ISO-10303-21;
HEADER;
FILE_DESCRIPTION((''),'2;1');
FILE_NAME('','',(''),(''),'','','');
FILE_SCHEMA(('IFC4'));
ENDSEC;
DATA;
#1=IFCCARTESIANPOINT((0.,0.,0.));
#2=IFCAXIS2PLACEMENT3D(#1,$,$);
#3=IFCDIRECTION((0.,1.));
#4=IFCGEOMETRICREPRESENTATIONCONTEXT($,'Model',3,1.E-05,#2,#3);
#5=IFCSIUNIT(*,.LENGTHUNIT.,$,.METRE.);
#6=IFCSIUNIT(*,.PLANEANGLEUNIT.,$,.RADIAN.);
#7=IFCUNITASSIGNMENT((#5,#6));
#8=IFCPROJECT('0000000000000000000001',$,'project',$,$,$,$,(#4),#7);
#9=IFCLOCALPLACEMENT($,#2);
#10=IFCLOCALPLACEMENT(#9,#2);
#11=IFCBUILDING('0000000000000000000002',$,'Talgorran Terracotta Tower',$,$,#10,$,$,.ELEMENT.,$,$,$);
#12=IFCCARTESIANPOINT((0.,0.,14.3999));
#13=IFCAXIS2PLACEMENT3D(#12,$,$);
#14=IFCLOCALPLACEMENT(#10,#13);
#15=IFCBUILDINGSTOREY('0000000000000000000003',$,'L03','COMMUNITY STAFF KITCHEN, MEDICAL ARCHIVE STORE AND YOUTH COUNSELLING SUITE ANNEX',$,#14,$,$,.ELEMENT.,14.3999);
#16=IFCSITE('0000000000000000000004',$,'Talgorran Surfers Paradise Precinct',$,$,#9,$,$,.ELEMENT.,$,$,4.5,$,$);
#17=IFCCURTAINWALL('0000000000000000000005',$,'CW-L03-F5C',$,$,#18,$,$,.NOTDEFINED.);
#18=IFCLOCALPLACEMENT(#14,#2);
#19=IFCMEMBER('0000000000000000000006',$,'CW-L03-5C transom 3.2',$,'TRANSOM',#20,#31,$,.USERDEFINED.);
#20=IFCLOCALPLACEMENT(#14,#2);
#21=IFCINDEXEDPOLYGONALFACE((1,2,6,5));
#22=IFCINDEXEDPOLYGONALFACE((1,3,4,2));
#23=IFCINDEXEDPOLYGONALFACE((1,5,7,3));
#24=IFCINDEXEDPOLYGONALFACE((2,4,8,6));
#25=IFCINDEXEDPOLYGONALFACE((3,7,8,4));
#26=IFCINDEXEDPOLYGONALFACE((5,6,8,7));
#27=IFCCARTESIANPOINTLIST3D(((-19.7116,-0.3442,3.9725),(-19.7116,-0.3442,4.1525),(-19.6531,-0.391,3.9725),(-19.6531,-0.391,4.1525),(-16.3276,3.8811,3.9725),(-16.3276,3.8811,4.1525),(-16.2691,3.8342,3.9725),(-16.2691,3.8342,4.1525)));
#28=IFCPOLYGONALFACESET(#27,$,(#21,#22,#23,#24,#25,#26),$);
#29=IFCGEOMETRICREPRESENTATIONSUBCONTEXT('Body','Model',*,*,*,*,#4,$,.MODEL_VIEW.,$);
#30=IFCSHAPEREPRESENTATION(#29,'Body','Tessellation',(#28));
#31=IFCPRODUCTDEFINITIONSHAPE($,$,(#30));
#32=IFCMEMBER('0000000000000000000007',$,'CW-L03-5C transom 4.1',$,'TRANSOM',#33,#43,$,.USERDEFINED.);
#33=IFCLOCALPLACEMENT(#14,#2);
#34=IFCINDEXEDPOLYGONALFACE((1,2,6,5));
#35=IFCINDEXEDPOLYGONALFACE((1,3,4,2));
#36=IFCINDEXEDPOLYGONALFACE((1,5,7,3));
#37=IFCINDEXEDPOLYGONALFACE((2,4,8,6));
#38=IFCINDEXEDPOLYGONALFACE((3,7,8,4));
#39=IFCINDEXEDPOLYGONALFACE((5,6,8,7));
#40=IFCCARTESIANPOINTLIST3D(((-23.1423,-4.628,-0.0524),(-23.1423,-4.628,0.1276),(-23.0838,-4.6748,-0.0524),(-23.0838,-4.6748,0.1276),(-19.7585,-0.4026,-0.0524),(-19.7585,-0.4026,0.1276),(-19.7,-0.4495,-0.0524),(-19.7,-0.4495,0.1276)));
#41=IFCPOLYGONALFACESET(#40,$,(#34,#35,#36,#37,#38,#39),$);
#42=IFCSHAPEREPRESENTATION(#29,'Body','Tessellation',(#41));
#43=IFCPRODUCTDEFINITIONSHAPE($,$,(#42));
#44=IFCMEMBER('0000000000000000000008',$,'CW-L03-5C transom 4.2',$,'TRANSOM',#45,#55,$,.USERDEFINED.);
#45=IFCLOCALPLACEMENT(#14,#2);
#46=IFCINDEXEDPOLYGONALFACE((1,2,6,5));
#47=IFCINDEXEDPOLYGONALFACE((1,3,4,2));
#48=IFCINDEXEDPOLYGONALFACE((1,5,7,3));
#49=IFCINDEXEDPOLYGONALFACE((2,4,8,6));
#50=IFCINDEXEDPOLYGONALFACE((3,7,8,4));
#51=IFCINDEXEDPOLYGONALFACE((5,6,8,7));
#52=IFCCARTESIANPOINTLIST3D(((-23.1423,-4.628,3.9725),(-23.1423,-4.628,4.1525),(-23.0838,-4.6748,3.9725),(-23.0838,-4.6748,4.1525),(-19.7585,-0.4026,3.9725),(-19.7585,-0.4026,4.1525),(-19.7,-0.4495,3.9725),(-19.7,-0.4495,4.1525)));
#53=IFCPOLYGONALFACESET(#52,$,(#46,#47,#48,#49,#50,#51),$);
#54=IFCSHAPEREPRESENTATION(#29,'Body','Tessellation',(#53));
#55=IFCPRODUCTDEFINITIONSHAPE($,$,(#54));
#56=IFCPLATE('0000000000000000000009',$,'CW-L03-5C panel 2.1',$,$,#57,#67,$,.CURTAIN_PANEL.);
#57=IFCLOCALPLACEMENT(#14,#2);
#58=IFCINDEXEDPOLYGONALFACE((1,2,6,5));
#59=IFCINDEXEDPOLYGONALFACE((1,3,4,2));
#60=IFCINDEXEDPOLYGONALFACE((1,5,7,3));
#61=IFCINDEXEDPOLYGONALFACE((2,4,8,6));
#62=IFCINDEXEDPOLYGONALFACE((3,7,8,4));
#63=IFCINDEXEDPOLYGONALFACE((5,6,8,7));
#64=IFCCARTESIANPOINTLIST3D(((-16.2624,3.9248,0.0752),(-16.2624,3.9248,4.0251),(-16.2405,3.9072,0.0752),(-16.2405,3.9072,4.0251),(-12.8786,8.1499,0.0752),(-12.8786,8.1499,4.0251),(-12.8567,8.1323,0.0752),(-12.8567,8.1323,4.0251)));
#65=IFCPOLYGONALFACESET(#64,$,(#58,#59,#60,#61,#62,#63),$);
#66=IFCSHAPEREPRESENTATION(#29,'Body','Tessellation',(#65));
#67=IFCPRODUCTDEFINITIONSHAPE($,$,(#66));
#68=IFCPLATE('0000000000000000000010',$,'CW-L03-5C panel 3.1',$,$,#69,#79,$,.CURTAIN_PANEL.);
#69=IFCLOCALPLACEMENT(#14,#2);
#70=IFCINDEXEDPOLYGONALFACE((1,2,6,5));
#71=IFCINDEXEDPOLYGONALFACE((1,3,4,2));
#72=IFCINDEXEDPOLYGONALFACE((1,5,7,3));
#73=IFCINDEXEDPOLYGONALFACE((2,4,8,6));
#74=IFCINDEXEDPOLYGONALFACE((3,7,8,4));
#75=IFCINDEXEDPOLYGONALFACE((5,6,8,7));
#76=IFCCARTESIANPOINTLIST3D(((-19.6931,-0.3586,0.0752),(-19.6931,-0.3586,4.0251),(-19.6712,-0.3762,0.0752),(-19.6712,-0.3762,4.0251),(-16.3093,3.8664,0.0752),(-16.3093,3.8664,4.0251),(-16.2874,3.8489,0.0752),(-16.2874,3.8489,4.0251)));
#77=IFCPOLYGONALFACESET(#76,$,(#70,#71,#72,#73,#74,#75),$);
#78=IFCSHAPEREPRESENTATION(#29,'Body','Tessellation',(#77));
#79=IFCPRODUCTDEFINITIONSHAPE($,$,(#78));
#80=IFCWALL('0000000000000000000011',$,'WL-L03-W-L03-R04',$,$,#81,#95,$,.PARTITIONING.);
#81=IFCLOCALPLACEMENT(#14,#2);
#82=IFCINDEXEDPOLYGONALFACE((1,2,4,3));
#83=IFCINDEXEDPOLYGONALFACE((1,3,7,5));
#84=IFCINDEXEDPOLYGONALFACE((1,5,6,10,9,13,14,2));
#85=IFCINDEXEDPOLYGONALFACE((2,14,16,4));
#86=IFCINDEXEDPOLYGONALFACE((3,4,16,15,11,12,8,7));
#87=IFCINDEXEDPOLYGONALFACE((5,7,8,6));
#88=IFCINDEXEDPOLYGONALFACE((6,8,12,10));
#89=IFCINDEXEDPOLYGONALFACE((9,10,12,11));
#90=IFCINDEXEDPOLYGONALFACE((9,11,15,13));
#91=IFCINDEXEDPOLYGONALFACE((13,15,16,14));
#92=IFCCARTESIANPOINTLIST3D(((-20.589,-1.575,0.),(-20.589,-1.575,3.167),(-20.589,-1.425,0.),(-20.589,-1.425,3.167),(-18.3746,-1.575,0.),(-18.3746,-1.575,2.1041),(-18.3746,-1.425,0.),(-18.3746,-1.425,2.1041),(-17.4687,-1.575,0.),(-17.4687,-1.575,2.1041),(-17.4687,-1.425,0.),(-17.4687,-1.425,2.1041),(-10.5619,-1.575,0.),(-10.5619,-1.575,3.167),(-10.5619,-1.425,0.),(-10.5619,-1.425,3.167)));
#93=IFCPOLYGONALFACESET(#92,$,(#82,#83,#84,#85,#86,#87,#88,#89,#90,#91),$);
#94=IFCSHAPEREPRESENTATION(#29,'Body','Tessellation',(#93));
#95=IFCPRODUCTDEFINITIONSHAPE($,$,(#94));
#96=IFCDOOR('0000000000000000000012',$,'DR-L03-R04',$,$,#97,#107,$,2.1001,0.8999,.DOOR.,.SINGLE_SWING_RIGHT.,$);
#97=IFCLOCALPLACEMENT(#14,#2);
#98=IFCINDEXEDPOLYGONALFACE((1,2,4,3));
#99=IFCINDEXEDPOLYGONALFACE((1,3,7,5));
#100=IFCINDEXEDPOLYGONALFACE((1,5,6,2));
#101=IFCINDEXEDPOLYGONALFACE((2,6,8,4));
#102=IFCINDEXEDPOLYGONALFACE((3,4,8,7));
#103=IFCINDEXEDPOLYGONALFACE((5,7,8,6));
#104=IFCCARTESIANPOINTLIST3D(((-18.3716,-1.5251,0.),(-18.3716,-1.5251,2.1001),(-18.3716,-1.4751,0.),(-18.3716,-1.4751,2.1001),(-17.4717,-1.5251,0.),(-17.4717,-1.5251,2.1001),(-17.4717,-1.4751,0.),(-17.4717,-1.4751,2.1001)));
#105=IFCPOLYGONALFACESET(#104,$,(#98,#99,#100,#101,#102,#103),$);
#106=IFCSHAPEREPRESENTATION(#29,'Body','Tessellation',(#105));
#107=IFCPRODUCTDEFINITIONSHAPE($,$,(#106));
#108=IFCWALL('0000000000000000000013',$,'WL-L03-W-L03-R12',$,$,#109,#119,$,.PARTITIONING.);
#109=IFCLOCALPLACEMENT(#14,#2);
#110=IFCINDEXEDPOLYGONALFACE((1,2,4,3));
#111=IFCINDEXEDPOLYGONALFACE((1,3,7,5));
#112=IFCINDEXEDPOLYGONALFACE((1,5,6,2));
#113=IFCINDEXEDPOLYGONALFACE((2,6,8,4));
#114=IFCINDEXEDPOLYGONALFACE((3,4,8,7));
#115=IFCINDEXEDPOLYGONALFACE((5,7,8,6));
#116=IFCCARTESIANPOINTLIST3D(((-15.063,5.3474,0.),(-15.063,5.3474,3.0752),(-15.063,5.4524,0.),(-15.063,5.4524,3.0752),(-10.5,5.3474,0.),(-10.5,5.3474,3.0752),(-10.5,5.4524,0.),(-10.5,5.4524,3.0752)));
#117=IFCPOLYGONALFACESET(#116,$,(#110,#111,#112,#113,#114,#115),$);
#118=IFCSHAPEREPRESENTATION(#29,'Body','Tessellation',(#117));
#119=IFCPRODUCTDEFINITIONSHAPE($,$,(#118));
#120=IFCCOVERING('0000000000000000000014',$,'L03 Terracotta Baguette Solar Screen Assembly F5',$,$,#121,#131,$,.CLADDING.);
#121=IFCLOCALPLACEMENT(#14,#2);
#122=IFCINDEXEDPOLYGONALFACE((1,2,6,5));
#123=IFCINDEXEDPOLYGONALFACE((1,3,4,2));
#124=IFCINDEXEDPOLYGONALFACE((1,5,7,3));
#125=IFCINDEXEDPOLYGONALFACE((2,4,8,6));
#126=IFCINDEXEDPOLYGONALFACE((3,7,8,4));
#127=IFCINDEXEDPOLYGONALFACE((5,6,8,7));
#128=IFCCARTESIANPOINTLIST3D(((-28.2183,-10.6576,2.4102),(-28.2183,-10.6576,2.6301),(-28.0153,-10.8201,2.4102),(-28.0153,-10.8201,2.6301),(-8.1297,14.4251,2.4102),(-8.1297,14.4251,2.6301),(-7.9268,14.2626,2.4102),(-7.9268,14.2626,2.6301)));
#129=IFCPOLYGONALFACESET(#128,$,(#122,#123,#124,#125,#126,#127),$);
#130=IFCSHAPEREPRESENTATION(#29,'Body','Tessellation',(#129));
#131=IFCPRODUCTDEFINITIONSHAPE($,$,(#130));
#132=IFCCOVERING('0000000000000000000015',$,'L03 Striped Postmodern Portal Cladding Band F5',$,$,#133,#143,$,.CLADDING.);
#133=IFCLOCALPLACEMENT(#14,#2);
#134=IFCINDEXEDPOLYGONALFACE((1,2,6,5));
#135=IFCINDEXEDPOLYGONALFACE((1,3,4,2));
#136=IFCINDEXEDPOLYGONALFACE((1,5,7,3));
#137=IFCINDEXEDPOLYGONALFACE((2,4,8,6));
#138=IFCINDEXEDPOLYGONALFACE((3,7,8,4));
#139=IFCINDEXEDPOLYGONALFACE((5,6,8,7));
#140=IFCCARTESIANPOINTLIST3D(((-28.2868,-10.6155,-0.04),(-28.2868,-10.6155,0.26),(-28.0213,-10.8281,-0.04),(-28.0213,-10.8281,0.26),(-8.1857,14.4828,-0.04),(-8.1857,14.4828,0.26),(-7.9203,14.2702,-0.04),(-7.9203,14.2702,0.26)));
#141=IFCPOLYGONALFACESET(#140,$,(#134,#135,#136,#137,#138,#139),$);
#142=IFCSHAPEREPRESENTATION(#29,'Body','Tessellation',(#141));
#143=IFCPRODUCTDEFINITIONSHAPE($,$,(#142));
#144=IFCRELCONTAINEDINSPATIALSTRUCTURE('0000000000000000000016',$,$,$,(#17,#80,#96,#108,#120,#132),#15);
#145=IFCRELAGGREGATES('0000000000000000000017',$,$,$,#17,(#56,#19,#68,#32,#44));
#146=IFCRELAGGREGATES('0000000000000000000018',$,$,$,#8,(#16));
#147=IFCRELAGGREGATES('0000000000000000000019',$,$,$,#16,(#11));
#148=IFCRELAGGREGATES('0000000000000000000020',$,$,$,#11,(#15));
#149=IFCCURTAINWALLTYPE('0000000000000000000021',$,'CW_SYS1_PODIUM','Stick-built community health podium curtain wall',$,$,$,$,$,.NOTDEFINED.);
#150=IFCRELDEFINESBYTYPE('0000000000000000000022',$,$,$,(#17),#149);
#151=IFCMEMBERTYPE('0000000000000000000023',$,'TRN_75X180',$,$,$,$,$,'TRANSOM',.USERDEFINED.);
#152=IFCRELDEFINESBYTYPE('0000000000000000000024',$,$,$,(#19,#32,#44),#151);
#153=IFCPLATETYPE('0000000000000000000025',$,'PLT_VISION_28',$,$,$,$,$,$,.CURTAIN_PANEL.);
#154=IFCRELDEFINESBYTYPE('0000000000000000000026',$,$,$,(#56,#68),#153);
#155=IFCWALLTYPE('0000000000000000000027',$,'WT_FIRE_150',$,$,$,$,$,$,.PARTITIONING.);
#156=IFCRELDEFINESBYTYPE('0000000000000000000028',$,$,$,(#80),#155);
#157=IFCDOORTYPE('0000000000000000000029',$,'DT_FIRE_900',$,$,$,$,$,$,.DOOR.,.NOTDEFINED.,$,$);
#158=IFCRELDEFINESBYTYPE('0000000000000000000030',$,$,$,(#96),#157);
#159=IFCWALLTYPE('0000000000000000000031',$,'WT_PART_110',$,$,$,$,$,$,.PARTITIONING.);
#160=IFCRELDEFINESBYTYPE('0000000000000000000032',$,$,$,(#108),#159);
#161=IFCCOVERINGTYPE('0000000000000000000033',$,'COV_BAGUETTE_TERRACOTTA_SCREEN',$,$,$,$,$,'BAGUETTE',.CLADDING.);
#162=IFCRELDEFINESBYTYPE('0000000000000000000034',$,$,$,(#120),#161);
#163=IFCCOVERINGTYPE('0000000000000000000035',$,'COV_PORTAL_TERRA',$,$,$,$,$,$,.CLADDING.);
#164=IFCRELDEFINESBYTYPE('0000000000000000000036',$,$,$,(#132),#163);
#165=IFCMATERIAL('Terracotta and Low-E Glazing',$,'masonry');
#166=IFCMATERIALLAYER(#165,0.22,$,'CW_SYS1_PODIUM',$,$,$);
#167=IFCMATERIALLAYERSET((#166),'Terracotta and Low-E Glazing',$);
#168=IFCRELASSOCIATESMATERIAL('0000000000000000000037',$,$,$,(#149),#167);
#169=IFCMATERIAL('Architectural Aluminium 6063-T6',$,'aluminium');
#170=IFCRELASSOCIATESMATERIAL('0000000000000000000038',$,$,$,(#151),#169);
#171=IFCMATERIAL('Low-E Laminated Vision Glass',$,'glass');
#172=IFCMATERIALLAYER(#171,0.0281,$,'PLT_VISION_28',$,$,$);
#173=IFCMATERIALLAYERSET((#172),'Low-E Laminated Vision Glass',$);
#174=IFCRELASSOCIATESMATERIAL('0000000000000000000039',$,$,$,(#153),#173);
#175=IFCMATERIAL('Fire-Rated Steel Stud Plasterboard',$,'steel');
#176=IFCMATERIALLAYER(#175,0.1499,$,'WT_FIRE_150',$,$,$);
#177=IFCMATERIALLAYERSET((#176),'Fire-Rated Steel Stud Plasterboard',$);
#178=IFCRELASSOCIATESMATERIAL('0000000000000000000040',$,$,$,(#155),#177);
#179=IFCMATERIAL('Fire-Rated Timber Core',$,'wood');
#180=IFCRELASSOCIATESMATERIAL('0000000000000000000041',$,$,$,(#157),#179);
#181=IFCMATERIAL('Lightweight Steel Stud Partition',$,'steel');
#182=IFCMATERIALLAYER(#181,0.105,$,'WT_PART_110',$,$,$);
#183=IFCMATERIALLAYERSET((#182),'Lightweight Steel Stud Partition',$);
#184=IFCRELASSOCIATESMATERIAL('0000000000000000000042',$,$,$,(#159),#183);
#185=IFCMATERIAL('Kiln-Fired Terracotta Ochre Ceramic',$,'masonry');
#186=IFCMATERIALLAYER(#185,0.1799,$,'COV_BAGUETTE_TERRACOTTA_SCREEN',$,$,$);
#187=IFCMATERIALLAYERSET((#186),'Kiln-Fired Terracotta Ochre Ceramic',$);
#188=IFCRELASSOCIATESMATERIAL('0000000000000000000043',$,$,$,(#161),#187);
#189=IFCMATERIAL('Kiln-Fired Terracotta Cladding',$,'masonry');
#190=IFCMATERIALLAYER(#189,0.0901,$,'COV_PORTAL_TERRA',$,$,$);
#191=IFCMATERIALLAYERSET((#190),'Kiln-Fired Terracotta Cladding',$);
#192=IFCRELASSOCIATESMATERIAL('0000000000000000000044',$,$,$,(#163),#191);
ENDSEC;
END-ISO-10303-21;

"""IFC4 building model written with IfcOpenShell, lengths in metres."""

from ifc_helpers import new_model, si_unit, direction, frame, frame_2d, origin, origin_2d, place, context, subcontext, project, spatial, rectangle, extrude, source, transform, mapped, material, layer, layer_set, material_profile, profile_set, type_object, type_shapes, element, fill, aggregate, save


model = new_model("IFC4")

# Units and contexts
model_context = context("Model", 3, precision=1e-05, world=origin(), true_north=direction((0.0, 1.0)))
body_context = subcontext(model_context, "Body", "Model", "MODEL_VIEW")
ifc_project = project(units=[si_unit("LENGTHUNIT", "METRE"), si_unit("PLANEANGLEUNIT", "RADIAN")], contexts=[model_context])

# Site, building, storey
site_placement = place(None, origin())
site = spatial("IfcSite", under=ifc_project, at=site_placement, Name="Talgorran Surfers Paradise Precinct", CompositionType="ELEMENT", RefElevation=4.5)
building_placement = place(site_placement, origin())
building = spatial("IfcBuilding", under=site, at=building_placement, Name="Talgorran Terracotta Tower", CompositionType="ELEMENT")
storey_placement = place(building_placement, frame((0.0, 0.0, 14.3999)))
storey = spatial("IfcBuildingStorey", under=building, at=storey_placement, Name="L03", Description="COMMUNITY STAFF KITCHEN, MEDICAL ARCHIVE STORE AND YOUTH COUNSELLING SUITE ANNEX", CompositionType="ELEMENT", Elevation=14.3999)

# Curtain wall, members, plates
ifc_material_1 = material(Name="Terracotta and Low-E Glazing", Category="masonry")
ifc_layer_1 = layer(ifc_material_1, 0.22, Name="CW_SYS1_PODIUM")
ifc_layer_set_1 = layer_set([ifc_layer_1], Name="Terracotta and Low-E Glazing")
curtain_wall_type = type_object("IfcCurtainWallType", Name="CW_SYS1_PODIUM", Description="Stick-built community health podium curtain wall", PredefinedType="NOTDEFINED", material=ifc_layer_set_1)
curtain_wall_placement = place(storey_placement, origin())
curtain_wall = element("IfcCurtainWall", 1, at=curtain_wall_placement, inside=storey, type_object=curtain_wall_type, Name="CW-L03-F5C", PredefinedType="NOTDEFINED")
ifc_material_2 = material(Name="Architectural Aluminium 6063-T6", Category="aluminium")
ifc_material_profile_1 = material_profile(ifc_material_2, rectangle(XDim=0.075, YDim=0.1799, at=origin_2d()), Name="CWT75X180")
ifc_profile_set_1 = profile_set([ifc_material_profile_1], Name="Architectural Aluminium 6063-T6")
member_type_1 = type_object("IfcMemberType", Name="TRN_75X180", ElementType="TRANSOM", PredefinedType="USERDEFINED", material=ifc_profile_set_1)
member_1_placement = place(storey_placement, frame((-16.2983, 3.8577, 4.0625), z_axis=(-0.625118, -0.78053, 0.0), x_axis=(0.78053, -0.625118, 0.0)))
member_1 = element("IfcMember", 2, at=member_1_placement, type_object=member_type_1, Name="CW-L03-5C transom 3.2", ObjectType="TRANSOM", PredefinedType="USERDEFINED", context=body_context, shape_type="SweptSolid", body=[
    extrude(rectangle(XDim=0.075, YDim=0.1799, at=origin_2d()), origin(), (0.0, 0.0, 1.0), 5.4133),
])
member_2_placement = place(storey_placement, frame((-19.7292, -0.426, 0.0376), z_axis=(-0.625091, -0.780552, 0.0), x_axis=(0.780552, -0.625091, 0.0)))
member_2 = element("IfcMember", 3, at=member_2_placement, type_object=member_type_1, Name="CW-L03-5C transom 4.1", ObjectType="TRANSOM", PredefinedType="USERDEFINED", context=body_context, shape_type="SweptSolid", body=[
    extrude(rectangle(XDim=0.075, YDim=0.1799, at=origin_2d()), origin(), (0.0, 0.0, 1.0), 5.4133),
])
member_3_placement = place(storey_placement, frame((-19.7292, -0.426, 4.0625), z_axis=(-0.625091, -0.780552, 0.0), x_axis=(0.780552, -0.625091, 0.0)))
member_3 = element("IfcMember", 4, at=member_3_placement, type_object=member_type_1, Name="CW-L03-5C transom 4.2", ObjectType="TRANSOM", PredefinedType="USERDEFINED", context=body_context, shape_type="SweptSolid", body=[
    extrude(rectangle(XDim=0.075, YDim=0.1799, at=origin_2d()), origin(), (0.0, 0.0, 1.0), 5.4133),
])
ifc_material_3 = material(Name="Low-E Laminated Vision Glass", Category="glass")
ifc_layer_2 = layer(ifc_material_3, 0.0281, Name="PLT_VISION_28")
ifc_layer_set_2 = layer_set([ifc_layer_2], Name="Low-E Laminated Vision Glass")
plate_type = type_object("IfcPlateType", Name="PLT_VISION_28", PredefinedType="CURTAIN_PANEL", material=ifc_layer_set_2)
shared_shape_1 = source(origin(), body_context, "Body", "SweptSolid", [
    extrude(rectangle(XDim=5.4131, YDim=0.0281, at=origin_2d()), origin(), (0.0, 0.0, 1.0), 3.95),
])
type_shapes(plate_type, [shared_shape_1])
plate_1_placement = place(storey_placement, frame((-14.5596, 6.0286, 0.0752), z_axis=(0.0, 0.0, 1.0), x_axis=(-0.625117, -0.780531, 0.0)))
plate_1 = element("IfcPlate", 5, at=plate_1_placement, type_object=plate_type, Name="CW-L03-5C panel 2.1", PredefinedType="CURTAIN_PANEL", context=body_context, shape_type="MappedRepresentation", body=[
    mapped(shared_shape_1, transform((0.0, 0.0, 0.0), scale=1.0)),
])
plate_2_placement = place(storey_placement, frame((-17.9902, 1.7451, 0.0752), z_axis=(0.0, 0.0, 1.0), x_axis=(-0.625117, -0.780531, 0.0)))
plate_2 = element("IfcPlate", 6, at=plate_2_placement, type_object=plate_type, Name="CW-L03-5C panel 3.1", PredefinedType="CURTAIN_PANEL", context=body_context, shape_type="MappedRepresentation", body=[
    mapped(shared_shape_1, transform((0.0, 0.0, 0.0), scale=1.0)),
])
aggregate(curtain_wall, [plate_1, member_1, plate_2, member_2, member_3])

# Wall, opening, door
ifc_material_4 = material(Name="Fire-Rated Steel Stud Plasterboard", Category="steel")
ifc_layer_3 = layer(ifc_material_4, 0.1499, Name="WT_FIRE_150")
ifc_layer_set_3 = layer_set([ifc_layer_3], Name="Fire-Rated Steel Stud Plasterboard")
wall_type_1 = type_object("IfcWallType", Name="WT_FIRE_150", PredefinedType="PARTITIONING", material=ifc_layer_set_3)
wall_1_placement = place(storey_placement, frame((-20.5891, -1.5, 0.0), z_axis=(0.0, 0.0, 1.0), x_axis=(1.0, 0.0, 0.0)))
wall_1 = element("IfcWall", 7, at=wall_1_placement, inside=storey, type_object=wall_type_1, Name="WL-L03-W-L03-R04", PredefinedType="PARTITIONING", context=body_context, shape_type="SweptSolid", body=[
    extrude(rectangle(XDim=10.0271, YDim=0.1499, at=frame_2d((5.0137, 0.0))), origin(), (0.0, 0.0, 1.0), 3.167),
])
opening_placement = place(wall_1_placement, frame((2.2175, 0.0, 0.0)))
opening = element("IfcOpeningElement", 8, at=opening_placement, cuts=wall_1, PredefinedType="OPENING", context=body_context, shape_type="SweptSolid", body=[
    extrude(rectangle(XDim=0.9059, YDim=2.1041, at=frame_2d((0.45, 1.052))), frame((0.0, 0.085, 0.0), z_axis=(0.0, -1.0, 0.0), x_axis=(1.0, 0.0, 0.0)), (0.0, 0.0, 1.0), 0.1699),
])
ifc_material_5 = material(Name="Fire-Rated Timber Core", Category="wood")
door_type = type_object("IfcDoorType", Name="DT_FIRE_900", OperationType="NOTDEFINED", PredefinedType="DOOR", material=ifc_material_5)
door_placement = place(opening_placement, origin())
door = element("IfcDoor", 9, at=door_placement, inside=storey, type_object=door_type, Name="DR-L03-R04", OperationType="SINGLE_SWING_RIGHT", OverallHeight=2.1001, OverallWidth=0.8999, PredefinedType="DOOR", context=body_context, shape_type="SweptSolid", body=[
    extrude(rectangle(XDim=0.8999, YDim=2.1001, at=frame_2d((0.45, 1.05))), frame((0.0, 0.0249, 0.0), z_axis=(0.0, -1.0, 0.0), x_axis=(1.0, 0.0, 0.0)), (0.0, 0.0, 1.0), 0.05),
])
fill(opening, door)

# Wall
ifc_material_6 = material(Name="Lightweight Steel Stud Partition", Category="steel")
ifc_layer_4 = layer(ifc_material_6, 0.105, Name="WT_PART_110")
ifc_layer_set_4 = layer_set([ifc_layer_4], Name="Lightweight Steel Stud Partition")
wall_type_2 = type_object("IfcWallType", Name="WT_PART_110", PredefinedType="PARTITIONING", material=ifc_layer_set_4)
wall_2_placement = place(storey_placement, frame((-15.063, 5.3999, 0.0), z_axis=(0.0, 0.0, 1.0), x_axis=(1.0, 0.0, 0.0)))
element("IfcWall", 10, at=wall_2_placement, inside=storey, type_object=wall_type_2, Name="WL-L03-W-L03-R12", PredefinedType="PARTITIONING", context=body_context, shape_type="SweptSolid", body=[
    extrude(rectangle(XDim=4.563, YDim=0.105, at=frame_2d((2.2815, 0.0))), origin(), (0.0, 0.0, 1.0), 3.0752),
])

# Coverings
ifc_material_7 = material(Name="Kiln-Fired Terracotta Ochre Ceramic", Category="masonry")
ifc_layer_5 = layer(ifc_material_7, 0.1799, Name="COV_BAGUETTE_TERRACOTTA_SCREEN")
ifc_layer_set_5 = layer_set([ifc_layer_5], Name="Kiln-Fired Terracotta Ochre Ceramic")
covering_type_1 = type_object("IfcCoveringType", Name="COV_BAGUETTE_TERRACOTTA_SCREEN", ElementType="BAGUETTE", PredefinedType="CLADDING", material=ifc_layer_set_5)
covering_1_placement = place(storey_placement, frame((-18.0725, 1.8025, 2.4102), z_axis=(0.0, 0.0, 1.0), x_axis=(-0.62512, -0.780529, 0.0)))
element("IfcCovering", 11, at=covering_1_placement, inside=storey, type_object=covering_type_1, Name="L03 Terracotta Baguette Solar Screen Assembly F5", PredefinedType="CLADDING", context=body_context, shape_type="SweptSolid", body=[
    extrude(rectangle(XDim=32.1355, YDim=0.26, at=origin_2d()), origin(), (0.0, 0.0, 1.0), 0.22),
])
ifc_material_8 = material(Name="Kiln-Fired Terracotta Cladding", Category="masonry")
ifc_layer_6 = layer(ifc_material_8, 0.0901, Name="COV_PORTAL_TERRA")
ifc_layer_set_6 = layer_set([ifc_layer_6], Name="Kiln-Fired Terracotta Cladding")
covering_type_2 = type_object("IfcCoveringType", Name="COV_PORTAL_TERRA", PredefinedType="CLADDING", material=ifc_layer_set_6)
covering_2_placement = place(storey_placement, frame((-18.1035, 1.8274, -0.04), z_axis=(0.0, 0.0, 1.0), x_axis=(-0.62512, -0.780529, 0.0)))
element("IfcCovering", 12, at=covering_2_placement, inside=storey, type_object=covering_type_2, Name="L03 Striped Postmodern Portal Cladding Band F5", PredefinedType="CLADDING", context=body_context, shape_type="SweptSolid", body=[
    extrude(rectangle(XDim=32.1555, YDim=0.3401, at=origin_2d()), origin(), (0.0, 0.0, 1.0), 0.3),
])

save(model, "model.ifc")
